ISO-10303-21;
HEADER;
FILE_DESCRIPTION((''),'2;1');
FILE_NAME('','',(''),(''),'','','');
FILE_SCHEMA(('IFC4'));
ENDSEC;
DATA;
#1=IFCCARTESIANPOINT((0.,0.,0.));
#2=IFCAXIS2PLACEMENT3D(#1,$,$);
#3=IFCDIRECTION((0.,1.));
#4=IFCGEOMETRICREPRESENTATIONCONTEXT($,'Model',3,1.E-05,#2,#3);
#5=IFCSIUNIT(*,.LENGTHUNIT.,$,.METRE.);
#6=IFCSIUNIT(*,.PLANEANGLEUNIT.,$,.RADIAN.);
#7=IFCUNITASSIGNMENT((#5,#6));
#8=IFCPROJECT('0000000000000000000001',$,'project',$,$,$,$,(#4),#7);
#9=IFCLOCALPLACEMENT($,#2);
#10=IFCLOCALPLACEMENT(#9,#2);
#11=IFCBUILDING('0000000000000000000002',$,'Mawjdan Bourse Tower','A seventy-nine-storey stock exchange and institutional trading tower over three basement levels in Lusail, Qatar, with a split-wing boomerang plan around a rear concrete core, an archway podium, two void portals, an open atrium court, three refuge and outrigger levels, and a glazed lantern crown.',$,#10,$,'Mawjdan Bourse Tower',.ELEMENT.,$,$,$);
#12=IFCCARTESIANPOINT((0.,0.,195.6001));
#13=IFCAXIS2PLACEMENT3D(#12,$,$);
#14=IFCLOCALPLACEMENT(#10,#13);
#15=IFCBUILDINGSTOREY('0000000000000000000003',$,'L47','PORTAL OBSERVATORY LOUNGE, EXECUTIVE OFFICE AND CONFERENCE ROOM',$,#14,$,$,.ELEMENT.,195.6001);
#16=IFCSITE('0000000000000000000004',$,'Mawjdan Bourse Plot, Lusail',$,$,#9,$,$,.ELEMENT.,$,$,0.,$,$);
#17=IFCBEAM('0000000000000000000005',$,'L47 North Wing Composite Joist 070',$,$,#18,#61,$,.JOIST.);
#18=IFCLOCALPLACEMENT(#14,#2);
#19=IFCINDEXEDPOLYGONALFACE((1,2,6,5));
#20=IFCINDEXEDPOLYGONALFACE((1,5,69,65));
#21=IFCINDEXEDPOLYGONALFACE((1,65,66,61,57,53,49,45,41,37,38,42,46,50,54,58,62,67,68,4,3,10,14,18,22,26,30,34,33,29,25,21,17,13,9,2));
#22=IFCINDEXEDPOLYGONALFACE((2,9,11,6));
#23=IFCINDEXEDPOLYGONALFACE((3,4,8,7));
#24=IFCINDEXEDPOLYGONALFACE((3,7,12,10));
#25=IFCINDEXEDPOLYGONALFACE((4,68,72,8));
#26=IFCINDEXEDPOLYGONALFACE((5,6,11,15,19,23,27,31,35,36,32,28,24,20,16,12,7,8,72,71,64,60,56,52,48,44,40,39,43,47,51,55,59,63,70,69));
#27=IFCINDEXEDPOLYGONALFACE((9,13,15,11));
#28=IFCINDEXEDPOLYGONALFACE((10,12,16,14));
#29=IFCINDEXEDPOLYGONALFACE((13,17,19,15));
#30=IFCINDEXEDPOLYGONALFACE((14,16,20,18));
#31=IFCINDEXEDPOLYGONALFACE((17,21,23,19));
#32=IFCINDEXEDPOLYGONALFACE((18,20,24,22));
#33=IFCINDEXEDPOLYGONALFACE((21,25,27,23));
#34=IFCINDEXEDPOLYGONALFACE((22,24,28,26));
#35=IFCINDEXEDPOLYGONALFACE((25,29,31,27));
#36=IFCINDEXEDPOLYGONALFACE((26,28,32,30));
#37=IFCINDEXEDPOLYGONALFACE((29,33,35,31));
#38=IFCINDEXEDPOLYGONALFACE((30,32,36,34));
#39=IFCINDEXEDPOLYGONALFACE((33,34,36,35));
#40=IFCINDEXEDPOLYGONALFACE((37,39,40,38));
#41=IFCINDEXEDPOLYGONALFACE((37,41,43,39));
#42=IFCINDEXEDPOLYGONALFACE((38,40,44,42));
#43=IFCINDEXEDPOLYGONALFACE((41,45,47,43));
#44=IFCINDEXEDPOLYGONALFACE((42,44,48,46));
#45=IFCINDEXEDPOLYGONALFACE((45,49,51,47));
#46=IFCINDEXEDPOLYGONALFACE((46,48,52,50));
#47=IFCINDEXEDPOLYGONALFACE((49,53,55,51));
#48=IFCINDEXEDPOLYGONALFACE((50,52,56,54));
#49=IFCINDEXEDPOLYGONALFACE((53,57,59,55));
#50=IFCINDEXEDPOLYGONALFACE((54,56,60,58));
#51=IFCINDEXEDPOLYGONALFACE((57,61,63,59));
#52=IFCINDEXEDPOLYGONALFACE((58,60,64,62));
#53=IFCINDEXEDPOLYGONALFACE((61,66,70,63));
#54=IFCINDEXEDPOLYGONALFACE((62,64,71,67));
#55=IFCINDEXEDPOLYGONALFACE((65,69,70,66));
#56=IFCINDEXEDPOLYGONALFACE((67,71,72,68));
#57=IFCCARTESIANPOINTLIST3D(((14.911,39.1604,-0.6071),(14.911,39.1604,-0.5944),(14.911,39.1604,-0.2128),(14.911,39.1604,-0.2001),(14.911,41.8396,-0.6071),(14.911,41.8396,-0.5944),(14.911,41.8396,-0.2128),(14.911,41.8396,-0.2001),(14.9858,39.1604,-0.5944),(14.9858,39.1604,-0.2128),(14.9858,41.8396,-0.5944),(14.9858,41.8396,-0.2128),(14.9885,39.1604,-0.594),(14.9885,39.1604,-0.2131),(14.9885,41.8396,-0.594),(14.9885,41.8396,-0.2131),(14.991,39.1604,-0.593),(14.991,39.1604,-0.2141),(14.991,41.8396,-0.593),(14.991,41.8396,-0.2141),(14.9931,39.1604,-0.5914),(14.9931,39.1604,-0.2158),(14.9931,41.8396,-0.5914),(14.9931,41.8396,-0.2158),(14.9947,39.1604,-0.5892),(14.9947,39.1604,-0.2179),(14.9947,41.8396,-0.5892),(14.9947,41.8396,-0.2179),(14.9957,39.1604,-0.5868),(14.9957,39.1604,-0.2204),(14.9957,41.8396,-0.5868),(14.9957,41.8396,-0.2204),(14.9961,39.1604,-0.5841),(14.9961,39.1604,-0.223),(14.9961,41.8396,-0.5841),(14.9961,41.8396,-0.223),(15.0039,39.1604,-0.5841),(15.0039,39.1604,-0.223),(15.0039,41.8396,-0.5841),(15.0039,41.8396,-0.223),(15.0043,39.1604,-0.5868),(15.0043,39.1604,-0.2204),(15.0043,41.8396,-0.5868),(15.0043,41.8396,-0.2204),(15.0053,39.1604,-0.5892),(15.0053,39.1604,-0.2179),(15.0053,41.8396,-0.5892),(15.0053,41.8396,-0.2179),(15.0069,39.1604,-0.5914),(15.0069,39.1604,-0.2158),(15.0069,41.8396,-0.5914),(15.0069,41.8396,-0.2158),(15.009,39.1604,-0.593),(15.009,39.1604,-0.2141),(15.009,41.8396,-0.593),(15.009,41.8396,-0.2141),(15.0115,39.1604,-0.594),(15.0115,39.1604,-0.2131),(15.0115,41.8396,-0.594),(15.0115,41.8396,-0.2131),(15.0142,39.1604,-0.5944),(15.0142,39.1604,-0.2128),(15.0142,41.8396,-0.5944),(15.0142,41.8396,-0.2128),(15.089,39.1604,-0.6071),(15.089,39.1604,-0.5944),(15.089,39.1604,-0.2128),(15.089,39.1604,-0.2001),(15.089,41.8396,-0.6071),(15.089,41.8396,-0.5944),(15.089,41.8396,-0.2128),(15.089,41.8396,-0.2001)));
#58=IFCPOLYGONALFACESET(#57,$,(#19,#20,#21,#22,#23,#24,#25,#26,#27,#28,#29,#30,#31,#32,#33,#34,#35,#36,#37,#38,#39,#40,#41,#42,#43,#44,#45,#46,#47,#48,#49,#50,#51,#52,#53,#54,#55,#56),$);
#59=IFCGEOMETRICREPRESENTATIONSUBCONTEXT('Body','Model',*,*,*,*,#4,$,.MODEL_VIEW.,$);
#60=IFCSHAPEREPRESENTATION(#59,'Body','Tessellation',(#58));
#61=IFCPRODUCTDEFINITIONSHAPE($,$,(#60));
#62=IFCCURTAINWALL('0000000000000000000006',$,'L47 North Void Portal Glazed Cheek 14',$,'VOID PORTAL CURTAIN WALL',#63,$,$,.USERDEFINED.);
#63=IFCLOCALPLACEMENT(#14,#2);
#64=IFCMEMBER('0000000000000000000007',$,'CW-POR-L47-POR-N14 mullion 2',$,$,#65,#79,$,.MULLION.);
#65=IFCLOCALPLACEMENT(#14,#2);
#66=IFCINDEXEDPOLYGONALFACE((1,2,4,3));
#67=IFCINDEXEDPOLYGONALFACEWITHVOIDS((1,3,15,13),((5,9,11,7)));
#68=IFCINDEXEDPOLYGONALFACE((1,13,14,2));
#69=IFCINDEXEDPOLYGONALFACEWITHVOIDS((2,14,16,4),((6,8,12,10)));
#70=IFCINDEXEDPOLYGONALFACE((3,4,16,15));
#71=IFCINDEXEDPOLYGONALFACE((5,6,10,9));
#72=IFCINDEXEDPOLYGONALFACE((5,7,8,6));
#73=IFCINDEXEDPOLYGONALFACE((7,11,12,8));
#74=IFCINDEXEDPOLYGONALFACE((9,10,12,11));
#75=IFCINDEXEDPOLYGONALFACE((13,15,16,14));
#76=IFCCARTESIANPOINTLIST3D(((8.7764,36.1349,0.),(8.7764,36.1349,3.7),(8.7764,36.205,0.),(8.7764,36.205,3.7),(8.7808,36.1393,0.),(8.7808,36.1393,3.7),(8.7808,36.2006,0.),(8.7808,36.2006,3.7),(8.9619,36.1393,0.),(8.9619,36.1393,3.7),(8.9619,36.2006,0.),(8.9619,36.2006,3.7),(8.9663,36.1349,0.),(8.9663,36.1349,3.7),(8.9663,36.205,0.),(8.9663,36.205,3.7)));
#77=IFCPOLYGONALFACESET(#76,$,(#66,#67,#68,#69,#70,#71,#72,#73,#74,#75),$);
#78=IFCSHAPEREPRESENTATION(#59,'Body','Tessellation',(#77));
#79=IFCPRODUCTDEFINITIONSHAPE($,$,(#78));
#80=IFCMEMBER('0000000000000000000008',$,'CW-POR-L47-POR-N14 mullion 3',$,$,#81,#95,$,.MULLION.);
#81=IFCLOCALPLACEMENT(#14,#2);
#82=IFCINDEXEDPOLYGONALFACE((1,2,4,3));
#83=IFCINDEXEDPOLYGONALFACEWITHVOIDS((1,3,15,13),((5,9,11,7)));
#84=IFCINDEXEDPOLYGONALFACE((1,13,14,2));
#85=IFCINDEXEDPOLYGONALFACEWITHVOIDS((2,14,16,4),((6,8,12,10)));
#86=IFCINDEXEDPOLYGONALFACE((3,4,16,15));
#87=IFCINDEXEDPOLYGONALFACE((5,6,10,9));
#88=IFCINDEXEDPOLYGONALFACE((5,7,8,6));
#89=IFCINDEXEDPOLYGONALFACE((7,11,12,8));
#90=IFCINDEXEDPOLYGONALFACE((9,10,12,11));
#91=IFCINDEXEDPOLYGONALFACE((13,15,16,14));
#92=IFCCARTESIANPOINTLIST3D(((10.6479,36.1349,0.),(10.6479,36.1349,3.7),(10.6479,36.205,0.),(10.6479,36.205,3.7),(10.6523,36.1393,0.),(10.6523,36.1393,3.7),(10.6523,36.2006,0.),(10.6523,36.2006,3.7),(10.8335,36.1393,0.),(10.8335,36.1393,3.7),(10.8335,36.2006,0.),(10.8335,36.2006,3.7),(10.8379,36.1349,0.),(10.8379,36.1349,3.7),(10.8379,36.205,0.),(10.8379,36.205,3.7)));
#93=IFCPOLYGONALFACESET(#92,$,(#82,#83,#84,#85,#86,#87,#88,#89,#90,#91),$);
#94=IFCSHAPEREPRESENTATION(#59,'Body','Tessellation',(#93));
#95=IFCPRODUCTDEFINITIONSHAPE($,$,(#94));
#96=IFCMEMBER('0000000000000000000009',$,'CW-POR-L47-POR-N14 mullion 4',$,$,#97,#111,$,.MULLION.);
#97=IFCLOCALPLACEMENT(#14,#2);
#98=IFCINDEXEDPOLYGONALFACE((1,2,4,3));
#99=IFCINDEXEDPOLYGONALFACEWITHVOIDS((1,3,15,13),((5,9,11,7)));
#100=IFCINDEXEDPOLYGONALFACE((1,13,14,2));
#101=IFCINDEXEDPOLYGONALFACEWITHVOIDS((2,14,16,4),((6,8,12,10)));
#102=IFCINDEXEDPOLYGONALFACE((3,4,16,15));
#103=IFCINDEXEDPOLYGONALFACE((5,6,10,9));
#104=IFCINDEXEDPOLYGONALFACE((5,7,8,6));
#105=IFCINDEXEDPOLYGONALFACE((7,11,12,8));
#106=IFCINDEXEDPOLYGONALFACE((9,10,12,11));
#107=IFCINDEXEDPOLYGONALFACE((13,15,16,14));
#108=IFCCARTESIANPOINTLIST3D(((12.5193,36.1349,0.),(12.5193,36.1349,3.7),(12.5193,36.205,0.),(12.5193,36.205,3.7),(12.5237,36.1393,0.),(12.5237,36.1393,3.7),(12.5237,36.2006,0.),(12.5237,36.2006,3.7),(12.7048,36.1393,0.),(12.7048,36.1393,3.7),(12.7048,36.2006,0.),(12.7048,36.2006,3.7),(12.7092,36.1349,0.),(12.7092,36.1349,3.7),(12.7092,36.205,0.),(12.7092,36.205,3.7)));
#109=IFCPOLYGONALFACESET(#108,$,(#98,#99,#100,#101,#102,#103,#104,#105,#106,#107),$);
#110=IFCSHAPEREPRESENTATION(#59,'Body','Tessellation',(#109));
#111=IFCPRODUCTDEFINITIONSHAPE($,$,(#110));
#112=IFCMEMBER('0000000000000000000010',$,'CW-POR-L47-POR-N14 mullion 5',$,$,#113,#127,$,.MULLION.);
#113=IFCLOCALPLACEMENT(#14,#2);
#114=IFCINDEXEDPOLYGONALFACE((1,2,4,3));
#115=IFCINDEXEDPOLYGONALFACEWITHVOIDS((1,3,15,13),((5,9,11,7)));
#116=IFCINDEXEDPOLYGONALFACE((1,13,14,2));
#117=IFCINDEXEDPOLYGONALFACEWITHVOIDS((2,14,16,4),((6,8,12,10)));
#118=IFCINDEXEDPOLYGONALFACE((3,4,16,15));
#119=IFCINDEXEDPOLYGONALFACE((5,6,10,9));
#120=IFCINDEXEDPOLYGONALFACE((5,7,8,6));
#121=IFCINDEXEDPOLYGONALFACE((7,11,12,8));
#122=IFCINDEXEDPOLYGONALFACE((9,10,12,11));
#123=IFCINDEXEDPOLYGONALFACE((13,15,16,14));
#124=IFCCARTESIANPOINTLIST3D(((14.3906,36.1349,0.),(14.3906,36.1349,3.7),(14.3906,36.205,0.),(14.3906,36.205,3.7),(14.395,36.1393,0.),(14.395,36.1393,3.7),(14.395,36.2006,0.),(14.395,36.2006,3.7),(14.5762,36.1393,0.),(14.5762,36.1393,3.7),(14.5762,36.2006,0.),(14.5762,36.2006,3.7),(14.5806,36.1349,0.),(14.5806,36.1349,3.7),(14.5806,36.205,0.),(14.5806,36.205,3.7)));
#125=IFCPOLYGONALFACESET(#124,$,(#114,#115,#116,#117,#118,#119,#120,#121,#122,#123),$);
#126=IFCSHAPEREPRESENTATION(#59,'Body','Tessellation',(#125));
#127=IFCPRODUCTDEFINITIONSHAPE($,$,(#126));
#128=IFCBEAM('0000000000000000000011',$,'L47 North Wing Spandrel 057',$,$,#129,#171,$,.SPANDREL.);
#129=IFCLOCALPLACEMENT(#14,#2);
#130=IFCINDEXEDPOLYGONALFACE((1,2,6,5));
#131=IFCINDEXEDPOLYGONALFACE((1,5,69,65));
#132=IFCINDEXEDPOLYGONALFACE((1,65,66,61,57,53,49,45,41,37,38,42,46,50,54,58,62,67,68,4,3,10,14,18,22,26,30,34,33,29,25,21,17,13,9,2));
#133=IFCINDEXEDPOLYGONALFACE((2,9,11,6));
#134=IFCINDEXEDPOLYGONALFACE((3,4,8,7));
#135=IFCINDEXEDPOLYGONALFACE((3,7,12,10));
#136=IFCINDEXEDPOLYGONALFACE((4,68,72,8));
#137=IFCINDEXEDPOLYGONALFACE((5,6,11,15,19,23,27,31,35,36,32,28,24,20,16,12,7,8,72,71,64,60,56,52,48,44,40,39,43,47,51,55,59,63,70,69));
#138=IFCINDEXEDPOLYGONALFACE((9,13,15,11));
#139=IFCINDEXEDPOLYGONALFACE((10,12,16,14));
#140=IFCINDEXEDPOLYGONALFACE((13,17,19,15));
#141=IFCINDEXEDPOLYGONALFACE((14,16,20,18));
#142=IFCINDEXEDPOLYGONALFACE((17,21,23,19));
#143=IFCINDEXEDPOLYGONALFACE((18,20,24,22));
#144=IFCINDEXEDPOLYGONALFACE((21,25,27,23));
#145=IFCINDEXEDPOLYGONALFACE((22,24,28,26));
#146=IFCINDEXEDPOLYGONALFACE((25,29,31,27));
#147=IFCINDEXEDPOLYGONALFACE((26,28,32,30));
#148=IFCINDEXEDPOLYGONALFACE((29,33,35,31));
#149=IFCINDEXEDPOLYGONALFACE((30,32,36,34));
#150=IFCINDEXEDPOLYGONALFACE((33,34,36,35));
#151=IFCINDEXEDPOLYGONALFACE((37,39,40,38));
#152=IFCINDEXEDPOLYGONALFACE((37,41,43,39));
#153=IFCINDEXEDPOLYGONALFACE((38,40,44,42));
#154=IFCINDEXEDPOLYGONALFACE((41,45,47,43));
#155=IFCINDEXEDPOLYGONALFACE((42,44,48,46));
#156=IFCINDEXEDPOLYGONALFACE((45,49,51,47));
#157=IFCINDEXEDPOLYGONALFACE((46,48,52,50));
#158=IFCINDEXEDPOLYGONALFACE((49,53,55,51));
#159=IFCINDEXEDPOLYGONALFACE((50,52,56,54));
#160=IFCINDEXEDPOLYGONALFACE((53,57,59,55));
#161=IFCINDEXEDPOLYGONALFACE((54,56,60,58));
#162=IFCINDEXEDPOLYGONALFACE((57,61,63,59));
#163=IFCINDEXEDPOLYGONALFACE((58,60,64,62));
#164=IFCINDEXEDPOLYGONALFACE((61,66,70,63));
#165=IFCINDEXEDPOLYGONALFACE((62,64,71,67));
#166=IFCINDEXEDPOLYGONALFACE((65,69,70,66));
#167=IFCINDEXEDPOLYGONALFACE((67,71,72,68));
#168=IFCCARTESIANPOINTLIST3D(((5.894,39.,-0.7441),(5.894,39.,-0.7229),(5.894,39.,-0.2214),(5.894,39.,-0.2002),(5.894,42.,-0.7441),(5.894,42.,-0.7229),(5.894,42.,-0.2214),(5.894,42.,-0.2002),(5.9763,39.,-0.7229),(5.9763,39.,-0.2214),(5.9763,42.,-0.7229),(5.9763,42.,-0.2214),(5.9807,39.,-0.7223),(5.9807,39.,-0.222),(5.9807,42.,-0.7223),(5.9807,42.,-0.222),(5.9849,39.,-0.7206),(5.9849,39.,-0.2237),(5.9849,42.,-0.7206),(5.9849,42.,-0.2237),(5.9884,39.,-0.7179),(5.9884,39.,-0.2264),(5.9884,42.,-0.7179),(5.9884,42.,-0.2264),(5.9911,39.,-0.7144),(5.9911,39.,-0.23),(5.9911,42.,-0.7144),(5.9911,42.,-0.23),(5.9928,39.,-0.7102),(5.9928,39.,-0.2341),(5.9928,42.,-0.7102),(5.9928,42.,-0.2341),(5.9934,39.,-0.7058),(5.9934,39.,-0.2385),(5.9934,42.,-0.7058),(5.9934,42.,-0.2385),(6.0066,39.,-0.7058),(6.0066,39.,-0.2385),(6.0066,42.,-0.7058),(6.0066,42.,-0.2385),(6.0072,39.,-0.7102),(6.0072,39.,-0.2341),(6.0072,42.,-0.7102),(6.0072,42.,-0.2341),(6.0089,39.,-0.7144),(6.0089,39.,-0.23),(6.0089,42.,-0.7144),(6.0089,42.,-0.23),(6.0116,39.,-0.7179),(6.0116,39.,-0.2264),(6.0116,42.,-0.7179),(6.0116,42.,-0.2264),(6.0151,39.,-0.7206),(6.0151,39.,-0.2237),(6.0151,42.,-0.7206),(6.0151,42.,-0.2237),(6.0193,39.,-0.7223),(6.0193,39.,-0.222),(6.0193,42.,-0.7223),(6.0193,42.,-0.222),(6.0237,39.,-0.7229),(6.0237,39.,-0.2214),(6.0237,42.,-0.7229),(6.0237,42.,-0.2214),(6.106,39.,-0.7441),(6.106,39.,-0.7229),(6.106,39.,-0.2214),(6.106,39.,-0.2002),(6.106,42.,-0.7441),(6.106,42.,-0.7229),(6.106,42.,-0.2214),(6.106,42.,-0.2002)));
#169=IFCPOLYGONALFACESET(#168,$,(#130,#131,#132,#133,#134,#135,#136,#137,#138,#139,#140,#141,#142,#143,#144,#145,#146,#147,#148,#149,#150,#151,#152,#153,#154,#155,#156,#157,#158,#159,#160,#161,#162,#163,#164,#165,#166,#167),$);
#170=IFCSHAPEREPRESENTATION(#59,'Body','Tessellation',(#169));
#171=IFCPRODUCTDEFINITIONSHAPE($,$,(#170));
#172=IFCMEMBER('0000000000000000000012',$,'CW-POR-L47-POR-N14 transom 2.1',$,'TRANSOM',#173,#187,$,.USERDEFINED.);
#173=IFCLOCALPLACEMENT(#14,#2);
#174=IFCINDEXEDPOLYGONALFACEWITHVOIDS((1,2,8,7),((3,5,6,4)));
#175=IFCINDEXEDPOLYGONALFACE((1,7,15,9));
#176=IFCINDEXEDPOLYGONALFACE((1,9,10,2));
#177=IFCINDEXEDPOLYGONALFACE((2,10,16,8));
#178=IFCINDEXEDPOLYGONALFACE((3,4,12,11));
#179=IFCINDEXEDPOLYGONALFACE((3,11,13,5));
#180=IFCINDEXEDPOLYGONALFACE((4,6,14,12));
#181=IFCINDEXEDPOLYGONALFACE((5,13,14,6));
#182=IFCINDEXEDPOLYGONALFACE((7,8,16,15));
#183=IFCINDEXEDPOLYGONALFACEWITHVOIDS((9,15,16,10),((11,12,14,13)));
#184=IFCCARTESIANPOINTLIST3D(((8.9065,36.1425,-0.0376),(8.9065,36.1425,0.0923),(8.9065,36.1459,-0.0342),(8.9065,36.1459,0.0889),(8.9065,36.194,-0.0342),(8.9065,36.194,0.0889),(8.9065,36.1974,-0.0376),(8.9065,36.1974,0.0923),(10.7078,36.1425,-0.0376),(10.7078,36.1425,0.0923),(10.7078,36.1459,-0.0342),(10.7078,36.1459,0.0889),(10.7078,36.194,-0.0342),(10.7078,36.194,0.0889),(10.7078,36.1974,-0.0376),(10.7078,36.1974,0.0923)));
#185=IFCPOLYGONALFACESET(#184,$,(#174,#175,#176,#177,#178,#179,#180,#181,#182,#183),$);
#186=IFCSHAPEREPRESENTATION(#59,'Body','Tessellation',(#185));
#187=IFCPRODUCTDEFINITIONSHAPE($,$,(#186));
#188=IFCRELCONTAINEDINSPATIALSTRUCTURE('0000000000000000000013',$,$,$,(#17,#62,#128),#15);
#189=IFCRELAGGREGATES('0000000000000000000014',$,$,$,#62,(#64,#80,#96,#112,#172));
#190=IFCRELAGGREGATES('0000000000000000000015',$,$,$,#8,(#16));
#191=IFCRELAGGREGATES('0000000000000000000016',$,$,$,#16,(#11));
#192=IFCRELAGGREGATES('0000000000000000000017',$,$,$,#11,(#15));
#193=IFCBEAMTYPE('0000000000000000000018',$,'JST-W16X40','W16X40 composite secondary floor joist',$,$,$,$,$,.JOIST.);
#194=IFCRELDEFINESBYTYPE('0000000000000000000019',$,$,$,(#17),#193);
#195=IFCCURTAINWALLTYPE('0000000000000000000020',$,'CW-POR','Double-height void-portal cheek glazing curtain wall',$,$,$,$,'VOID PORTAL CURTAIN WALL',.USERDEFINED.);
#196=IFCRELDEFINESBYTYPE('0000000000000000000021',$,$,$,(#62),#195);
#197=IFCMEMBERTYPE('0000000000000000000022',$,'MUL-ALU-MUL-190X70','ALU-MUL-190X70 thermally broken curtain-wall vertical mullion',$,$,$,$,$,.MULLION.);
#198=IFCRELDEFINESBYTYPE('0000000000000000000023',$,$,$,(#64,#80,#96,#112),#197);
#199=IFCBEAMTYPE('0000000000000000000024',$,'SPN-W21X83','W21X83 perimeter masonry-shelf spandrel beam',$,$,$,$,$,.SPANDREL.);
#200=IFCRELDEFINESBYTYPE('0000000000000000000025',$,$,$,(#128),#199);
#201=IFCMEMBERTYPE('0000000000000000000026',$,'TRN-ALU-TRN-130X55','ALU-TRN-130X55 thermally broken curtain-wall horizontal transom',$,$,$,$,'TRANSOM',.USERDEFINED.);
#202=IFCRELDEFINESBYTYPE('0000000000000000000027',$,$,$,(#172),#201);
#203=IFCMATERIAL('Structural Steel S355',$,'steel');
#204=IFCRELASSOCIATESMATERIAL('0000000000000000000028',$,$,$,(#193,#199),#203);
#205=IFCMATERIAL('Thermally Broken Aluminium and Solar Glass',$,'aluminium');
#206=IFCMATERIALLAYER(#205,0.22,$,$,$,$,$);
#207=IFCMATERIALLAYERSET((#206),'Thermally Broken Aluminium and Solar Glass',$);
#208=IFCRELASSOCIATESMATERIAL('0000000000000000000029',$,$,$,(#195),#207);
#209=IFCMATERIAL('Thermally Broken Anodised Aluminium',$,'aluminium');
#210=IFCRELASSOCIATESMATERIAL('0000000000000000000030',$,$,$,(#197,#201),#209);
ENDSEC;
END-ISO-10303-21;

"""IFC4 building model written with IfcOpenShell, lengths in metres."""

from ifc_helpers import new_model, si_unit, direction, frame, origin, origin_2d, place, context, subcontext, project, spatial, hollow_rectangle, i_section, extrude, material, layer, layer_set, material_profile, profile_set, type_object, element, aggregate, save


model = new_model("IFC4")

# Units and contexts
model_context = context("Model", 3, precision=1e-05, world=origin(), true_north=direction((0.0, 1.0)))
body_context = subcontext(model_context, "Body", "Model", "MODEL_VIEW")
ifc_project = project(units=[si_unit("LENGTHUNIT", "METRE"), si_unit("PLANEANGLEUNIT", "RADIAN")], contexts=[model_context])

# Site, building, storey
site_placement = place(None, origin())
site = spatial("IfcSite", under=ifc_project, at=site_placement, Name="Mawjdan Bourse Plot, Lusail", CompositionType="ELEMENT", RefElevation=0.0)
building_placement = place(site_placement, origin())
building = spatial("IfcBuilding", under=site, at=building_placement, Name="Mawjdan Bourse Tower", Description="A seventy-nine-storey stock exchange and institutional trading tower over three basement levels in Lusail, Qatar, with a split-wing boomerang plan around a rear concrete core, an archway podium, two void portals, an open atrium court, three refuge and outrigger levels, and a glazed lantern crown.", LongName="Mawjdan Bourse Tower", CompositionType="ELEMENT")
storey_placement = place(building_placement, frame((0.0, 0.0, 195.6001)))
storey = spatial("IfcBuildingStorey", under=building, at=storey_placement, Name="L47", Description="PORTAL OBSERVATORY LOUNGE, EXECUTIVE OFFICE AND CONFERENCE ROOM", CompositionType="ELEMENT", Elevation=195.6001)

# Beam
ifc_material_1 = material(Name="Structural Steel S355", Category="steel")
ifc_material_profile_1 = material_profile(ifc_material_1, i_section(OverallWidth=0.178, OverallDepth=0.407, WebThickness=0.0078, FlangeThickness=0.0127, FilletRadius=0.0103, at=origin_2d()), Name="W16X40")
ifc_profile_set_1 = profile_set([ifc_material_profile_1], Name="Structural Steel S355")
beam_type_1 = type_object("IfcBeamType", Name="JST-W16X40", Description="W16X40 composite secondary floor joist", PredefinedType="JOIST", material=ifc_profile_set_1)
for number, where, z_axis, x_axis, name in (
    (1, (15.0, 39.1604, -0.4036), (0.0, 1.0, 0.0), (-1.0, 0.0, 0.0), "L47 North Wing Composite Joist 070"),
):
    element("IfcBeam", number, at=place(storey_placement, frame(where, z_axis=z_axis, x_axis=x_axis)), inside=storey, type_object=beam_type_1, Name=name, PredefinedType="JOIST", context=body_context, shape_type="SweptSolid", body=[
        extrude(i_section(OverallWidth=0.178, OverallDepth=0.407, WebThickness=0.0078, FlangeThickness=0.0127, FilletRadius=0.0103, at=origin_2d()), origin(), (0.0, 0.0, 1.0), 2.6792),
    ])

# Curtain wall, members
ifc_material_2 = material(Name="Thermally Broken Aluminium and Solar Glass", Category="aluminium")
ifc_layer_1 = layer(ifc_material_2, 0.22)
ifc_layer_set_1 = layer_set([ifc_layer_1], Name="Thermally Broken Aluminium and Solar Glass")
curtain_wall_type = type_object("IfcCurtainWallType", Name="CW-POR", Description="Double-height void-portal cheek glazing curtain wall", ElementType="VOID PORTAL CURTAIN WALL", PredefinedType="USERDEFINED", material=ifc_layer_set_1)
curtain_wall_placement = place(storey_placement, origin())
curtain_wall = element("IfcCurtainWall", 2, at=curtain_wall_placement, inside=storey, type_object=curtain_wall_type, Name="L47 North Void Portal Glazed Cheek 14", ObjectType="VOID PORTAL CURTAIN WALL", PredefinedType="USERDEFINED")
ifc_material_3 = material(Name="Thermally Broken Anodised Aluminium", Category="aluminium")
ifc_material_profile_2 = material_profile(ifc_material_3, hollow_rectangle(XDim=0.0701, YDim=0.1899, WallThickness=0.0044, at=origin_2d()), Name="ALU-MUL-190X70")
ifc_profile_set_2 = profile_set([ifc_material_profile_2], Name="Thermally Broken Anodised Aluminium")
member_type_1 = type_object("IfcMemberType", Name="MUL-ALU-MUL-190X70", Description="ALU-MUL-190X70 thermally broken curtain-wall vertical mullion", PredefinedType="MULLION", material=ifc_profile_set_2)
member_1_placement = place(storey_placement, frame((8.8713, 36.1699, 0.0), z_axis=(0.0, 0.0, 1.0), x_axis=(0.0, 1.0, 0.0)))
member_1 = element("IfcMember", 3, at=member_1_placement, type_object=member_type_1, Name="CW-POR-L47-POR-N14 mullion 2", PredefinedType="MULLION", context=body_context, shape_type="SweptSolid", body=[
    extrude(hollow_rectangle(XDim=0.0701, YDim=0.1899, WallThickness=0.0044, at=origin_2d()), origin(), (0.0, 0.0, 1.0), 3.7),
])
member_2_placement = place(storey_placement, frame((10.7429, 36.1699, 0.0), z_axis=(0.0, 0.0, 1.0), x_axis=(0.0, 1.0, 0.0)))
member_2 = element("IfcMember", 4, at=member_2_placement, type_object=member_type_1, Name="CW-POR-L47-POR-N14 mullion 3", PredefinedType="MULLION", context=body_context, shape_type="SweptSolid", body=[
    extrude(hollow_rectangle(XDim=0.0701, YDim=0.1899, WallThickness=0.0044, at=origin_2d()), origin(), (0.0, 0.0, 1.0), 3.7),
])
member_3_placement = place(storey_placement, frame((12.6143, 36.1699, 0.0), z_axis=(0.0, 0.0, 1.0), x_axis=(0.0, 1.0, 0.0)))
member_3 = element("IfcMember", 5, at=member_3_placement, type_object=member_type_1, Name="CW-POR-L47-POR-N14 mullion 4", PredefinedType="MULLION", context=body_context, shape_type="SweptSolid", body=[
    extrude(hollow_rectangle(XDim=0.0701, YDim=0.1899, WallThickness=0.0044, at=origin_2d()), origin(), (0.0, 0.0, 1.0), 3.7),
])
member_4_placement = place(storey_placement, frame((14.4856, 36.1699, 0.0), z_axis=(0.0, 0.0, 1.0), x_axis=(0.0, 1.0, 0.0)))
member_4 = element("IfcMember", 6, at=member_4_placement, type_object=member_type_1, Name="CW-POR-L47-POR-N14 mullion 5", PredefinedType="MULLION", context=body_context, shape_type="SweptSolid", body=[
    extrude(hollow_rectangle(XDim=0.0701, YDim=0.1899, WallThickness=0.0044, at=origin_2d()), origin(), (0.0, 0.0, 1.0), 3.7),
])

# Beam
ifc_material_profile_3 = material_profile(ifc_material_1, i_section(OverallWidth=0.2119, OverallDepth=0.5439, WebThickness=0.0132, FlangeThickness=0.0212, FilletRadius=0.0171, at=origin_2d()), Name="W21X83")
ifc_profile_set_3 = profile_set([ifc_material_profile_3], Name="Structural Steel S355")
beam_type_2 = type_object("IfcBeamType", Name="SPN-W21X83", Description="W21X83 perimeter masonry-shelf spandrel beam", PredefinedType="SPANDREL", material=ifc_profile_set_3)
beam_placement = place(storey_placement, frame((6.0, 39.0, -0.4722), z_axis=(0.0, 1.0, 0.0), x_axis=(-1.0, 0.0, 0.0)))
element("IfcBeam", 7, at=beam_placement, inside=storey, type_object=beam_type_2, Name="L47 North Wing Spandrel 057", PredefinedType="SPANDREL", context=body_context, shape_type="SweptSolid", body=[
    extrude(i_section(OverallWidth=0.2119, OverallDepth=0.5439, WebThickness=0.0132, FlangeThickness=0.0212, FilletRadius=0.0171, at=origin_2d()), origin(), (0.0, 0.0, 1.0), 3.0),
])

# Member
ifc_material_profile_4 = material_profile(ifc_material_3, hollow_rectangle(XDim=0.0549, YDim=0.1299, WallThickness=0.0034, at=origin_2d()), Name="ALU-TRN-130X55")
ifc_profile_set_4 = profile_set([ifc_material_profile_4], Name="Thermally Broken Anodised Aluminium")
member_type_2 = type_object("IfcMemberType", Name="TRN-ALU-TRN-130X55", Description="ALU-TRN-130X55 thermally broken curtain-wall horizontal transom", ElementType="TRANSOM", PredefinedType="USERDEFINED", material=ifc_profile_set_4)
member_5_placement = place(storey_placement, frame((8.9065, 36.1699, 0.0273), z_axis=(1.0, 0.0, 0.0), x_axis=(0.0, 1.0, 0.0)))
member_5 = element("IfcMember", 8, at=member_5_placement, type_object=member_type_2, Name="CW-POR-L47-POR-N14 transom 2.1", ObjectType="TRANSOM", PredefinedType="USERDEFINED", context=body_context, shape_type="SweptSolid", body=[
    extrude(hollow_rectangle(XDim=0.0549, YDim=0.1299, WallThickness=0.0034, at=origin_2d()), origin(), (0.0, 0.0, 1.0), 1.8013),
])

aggregate(curtain_wall, [member_1, member_2, member_3, member_4, member_5])

save(model, "model.ifc")
